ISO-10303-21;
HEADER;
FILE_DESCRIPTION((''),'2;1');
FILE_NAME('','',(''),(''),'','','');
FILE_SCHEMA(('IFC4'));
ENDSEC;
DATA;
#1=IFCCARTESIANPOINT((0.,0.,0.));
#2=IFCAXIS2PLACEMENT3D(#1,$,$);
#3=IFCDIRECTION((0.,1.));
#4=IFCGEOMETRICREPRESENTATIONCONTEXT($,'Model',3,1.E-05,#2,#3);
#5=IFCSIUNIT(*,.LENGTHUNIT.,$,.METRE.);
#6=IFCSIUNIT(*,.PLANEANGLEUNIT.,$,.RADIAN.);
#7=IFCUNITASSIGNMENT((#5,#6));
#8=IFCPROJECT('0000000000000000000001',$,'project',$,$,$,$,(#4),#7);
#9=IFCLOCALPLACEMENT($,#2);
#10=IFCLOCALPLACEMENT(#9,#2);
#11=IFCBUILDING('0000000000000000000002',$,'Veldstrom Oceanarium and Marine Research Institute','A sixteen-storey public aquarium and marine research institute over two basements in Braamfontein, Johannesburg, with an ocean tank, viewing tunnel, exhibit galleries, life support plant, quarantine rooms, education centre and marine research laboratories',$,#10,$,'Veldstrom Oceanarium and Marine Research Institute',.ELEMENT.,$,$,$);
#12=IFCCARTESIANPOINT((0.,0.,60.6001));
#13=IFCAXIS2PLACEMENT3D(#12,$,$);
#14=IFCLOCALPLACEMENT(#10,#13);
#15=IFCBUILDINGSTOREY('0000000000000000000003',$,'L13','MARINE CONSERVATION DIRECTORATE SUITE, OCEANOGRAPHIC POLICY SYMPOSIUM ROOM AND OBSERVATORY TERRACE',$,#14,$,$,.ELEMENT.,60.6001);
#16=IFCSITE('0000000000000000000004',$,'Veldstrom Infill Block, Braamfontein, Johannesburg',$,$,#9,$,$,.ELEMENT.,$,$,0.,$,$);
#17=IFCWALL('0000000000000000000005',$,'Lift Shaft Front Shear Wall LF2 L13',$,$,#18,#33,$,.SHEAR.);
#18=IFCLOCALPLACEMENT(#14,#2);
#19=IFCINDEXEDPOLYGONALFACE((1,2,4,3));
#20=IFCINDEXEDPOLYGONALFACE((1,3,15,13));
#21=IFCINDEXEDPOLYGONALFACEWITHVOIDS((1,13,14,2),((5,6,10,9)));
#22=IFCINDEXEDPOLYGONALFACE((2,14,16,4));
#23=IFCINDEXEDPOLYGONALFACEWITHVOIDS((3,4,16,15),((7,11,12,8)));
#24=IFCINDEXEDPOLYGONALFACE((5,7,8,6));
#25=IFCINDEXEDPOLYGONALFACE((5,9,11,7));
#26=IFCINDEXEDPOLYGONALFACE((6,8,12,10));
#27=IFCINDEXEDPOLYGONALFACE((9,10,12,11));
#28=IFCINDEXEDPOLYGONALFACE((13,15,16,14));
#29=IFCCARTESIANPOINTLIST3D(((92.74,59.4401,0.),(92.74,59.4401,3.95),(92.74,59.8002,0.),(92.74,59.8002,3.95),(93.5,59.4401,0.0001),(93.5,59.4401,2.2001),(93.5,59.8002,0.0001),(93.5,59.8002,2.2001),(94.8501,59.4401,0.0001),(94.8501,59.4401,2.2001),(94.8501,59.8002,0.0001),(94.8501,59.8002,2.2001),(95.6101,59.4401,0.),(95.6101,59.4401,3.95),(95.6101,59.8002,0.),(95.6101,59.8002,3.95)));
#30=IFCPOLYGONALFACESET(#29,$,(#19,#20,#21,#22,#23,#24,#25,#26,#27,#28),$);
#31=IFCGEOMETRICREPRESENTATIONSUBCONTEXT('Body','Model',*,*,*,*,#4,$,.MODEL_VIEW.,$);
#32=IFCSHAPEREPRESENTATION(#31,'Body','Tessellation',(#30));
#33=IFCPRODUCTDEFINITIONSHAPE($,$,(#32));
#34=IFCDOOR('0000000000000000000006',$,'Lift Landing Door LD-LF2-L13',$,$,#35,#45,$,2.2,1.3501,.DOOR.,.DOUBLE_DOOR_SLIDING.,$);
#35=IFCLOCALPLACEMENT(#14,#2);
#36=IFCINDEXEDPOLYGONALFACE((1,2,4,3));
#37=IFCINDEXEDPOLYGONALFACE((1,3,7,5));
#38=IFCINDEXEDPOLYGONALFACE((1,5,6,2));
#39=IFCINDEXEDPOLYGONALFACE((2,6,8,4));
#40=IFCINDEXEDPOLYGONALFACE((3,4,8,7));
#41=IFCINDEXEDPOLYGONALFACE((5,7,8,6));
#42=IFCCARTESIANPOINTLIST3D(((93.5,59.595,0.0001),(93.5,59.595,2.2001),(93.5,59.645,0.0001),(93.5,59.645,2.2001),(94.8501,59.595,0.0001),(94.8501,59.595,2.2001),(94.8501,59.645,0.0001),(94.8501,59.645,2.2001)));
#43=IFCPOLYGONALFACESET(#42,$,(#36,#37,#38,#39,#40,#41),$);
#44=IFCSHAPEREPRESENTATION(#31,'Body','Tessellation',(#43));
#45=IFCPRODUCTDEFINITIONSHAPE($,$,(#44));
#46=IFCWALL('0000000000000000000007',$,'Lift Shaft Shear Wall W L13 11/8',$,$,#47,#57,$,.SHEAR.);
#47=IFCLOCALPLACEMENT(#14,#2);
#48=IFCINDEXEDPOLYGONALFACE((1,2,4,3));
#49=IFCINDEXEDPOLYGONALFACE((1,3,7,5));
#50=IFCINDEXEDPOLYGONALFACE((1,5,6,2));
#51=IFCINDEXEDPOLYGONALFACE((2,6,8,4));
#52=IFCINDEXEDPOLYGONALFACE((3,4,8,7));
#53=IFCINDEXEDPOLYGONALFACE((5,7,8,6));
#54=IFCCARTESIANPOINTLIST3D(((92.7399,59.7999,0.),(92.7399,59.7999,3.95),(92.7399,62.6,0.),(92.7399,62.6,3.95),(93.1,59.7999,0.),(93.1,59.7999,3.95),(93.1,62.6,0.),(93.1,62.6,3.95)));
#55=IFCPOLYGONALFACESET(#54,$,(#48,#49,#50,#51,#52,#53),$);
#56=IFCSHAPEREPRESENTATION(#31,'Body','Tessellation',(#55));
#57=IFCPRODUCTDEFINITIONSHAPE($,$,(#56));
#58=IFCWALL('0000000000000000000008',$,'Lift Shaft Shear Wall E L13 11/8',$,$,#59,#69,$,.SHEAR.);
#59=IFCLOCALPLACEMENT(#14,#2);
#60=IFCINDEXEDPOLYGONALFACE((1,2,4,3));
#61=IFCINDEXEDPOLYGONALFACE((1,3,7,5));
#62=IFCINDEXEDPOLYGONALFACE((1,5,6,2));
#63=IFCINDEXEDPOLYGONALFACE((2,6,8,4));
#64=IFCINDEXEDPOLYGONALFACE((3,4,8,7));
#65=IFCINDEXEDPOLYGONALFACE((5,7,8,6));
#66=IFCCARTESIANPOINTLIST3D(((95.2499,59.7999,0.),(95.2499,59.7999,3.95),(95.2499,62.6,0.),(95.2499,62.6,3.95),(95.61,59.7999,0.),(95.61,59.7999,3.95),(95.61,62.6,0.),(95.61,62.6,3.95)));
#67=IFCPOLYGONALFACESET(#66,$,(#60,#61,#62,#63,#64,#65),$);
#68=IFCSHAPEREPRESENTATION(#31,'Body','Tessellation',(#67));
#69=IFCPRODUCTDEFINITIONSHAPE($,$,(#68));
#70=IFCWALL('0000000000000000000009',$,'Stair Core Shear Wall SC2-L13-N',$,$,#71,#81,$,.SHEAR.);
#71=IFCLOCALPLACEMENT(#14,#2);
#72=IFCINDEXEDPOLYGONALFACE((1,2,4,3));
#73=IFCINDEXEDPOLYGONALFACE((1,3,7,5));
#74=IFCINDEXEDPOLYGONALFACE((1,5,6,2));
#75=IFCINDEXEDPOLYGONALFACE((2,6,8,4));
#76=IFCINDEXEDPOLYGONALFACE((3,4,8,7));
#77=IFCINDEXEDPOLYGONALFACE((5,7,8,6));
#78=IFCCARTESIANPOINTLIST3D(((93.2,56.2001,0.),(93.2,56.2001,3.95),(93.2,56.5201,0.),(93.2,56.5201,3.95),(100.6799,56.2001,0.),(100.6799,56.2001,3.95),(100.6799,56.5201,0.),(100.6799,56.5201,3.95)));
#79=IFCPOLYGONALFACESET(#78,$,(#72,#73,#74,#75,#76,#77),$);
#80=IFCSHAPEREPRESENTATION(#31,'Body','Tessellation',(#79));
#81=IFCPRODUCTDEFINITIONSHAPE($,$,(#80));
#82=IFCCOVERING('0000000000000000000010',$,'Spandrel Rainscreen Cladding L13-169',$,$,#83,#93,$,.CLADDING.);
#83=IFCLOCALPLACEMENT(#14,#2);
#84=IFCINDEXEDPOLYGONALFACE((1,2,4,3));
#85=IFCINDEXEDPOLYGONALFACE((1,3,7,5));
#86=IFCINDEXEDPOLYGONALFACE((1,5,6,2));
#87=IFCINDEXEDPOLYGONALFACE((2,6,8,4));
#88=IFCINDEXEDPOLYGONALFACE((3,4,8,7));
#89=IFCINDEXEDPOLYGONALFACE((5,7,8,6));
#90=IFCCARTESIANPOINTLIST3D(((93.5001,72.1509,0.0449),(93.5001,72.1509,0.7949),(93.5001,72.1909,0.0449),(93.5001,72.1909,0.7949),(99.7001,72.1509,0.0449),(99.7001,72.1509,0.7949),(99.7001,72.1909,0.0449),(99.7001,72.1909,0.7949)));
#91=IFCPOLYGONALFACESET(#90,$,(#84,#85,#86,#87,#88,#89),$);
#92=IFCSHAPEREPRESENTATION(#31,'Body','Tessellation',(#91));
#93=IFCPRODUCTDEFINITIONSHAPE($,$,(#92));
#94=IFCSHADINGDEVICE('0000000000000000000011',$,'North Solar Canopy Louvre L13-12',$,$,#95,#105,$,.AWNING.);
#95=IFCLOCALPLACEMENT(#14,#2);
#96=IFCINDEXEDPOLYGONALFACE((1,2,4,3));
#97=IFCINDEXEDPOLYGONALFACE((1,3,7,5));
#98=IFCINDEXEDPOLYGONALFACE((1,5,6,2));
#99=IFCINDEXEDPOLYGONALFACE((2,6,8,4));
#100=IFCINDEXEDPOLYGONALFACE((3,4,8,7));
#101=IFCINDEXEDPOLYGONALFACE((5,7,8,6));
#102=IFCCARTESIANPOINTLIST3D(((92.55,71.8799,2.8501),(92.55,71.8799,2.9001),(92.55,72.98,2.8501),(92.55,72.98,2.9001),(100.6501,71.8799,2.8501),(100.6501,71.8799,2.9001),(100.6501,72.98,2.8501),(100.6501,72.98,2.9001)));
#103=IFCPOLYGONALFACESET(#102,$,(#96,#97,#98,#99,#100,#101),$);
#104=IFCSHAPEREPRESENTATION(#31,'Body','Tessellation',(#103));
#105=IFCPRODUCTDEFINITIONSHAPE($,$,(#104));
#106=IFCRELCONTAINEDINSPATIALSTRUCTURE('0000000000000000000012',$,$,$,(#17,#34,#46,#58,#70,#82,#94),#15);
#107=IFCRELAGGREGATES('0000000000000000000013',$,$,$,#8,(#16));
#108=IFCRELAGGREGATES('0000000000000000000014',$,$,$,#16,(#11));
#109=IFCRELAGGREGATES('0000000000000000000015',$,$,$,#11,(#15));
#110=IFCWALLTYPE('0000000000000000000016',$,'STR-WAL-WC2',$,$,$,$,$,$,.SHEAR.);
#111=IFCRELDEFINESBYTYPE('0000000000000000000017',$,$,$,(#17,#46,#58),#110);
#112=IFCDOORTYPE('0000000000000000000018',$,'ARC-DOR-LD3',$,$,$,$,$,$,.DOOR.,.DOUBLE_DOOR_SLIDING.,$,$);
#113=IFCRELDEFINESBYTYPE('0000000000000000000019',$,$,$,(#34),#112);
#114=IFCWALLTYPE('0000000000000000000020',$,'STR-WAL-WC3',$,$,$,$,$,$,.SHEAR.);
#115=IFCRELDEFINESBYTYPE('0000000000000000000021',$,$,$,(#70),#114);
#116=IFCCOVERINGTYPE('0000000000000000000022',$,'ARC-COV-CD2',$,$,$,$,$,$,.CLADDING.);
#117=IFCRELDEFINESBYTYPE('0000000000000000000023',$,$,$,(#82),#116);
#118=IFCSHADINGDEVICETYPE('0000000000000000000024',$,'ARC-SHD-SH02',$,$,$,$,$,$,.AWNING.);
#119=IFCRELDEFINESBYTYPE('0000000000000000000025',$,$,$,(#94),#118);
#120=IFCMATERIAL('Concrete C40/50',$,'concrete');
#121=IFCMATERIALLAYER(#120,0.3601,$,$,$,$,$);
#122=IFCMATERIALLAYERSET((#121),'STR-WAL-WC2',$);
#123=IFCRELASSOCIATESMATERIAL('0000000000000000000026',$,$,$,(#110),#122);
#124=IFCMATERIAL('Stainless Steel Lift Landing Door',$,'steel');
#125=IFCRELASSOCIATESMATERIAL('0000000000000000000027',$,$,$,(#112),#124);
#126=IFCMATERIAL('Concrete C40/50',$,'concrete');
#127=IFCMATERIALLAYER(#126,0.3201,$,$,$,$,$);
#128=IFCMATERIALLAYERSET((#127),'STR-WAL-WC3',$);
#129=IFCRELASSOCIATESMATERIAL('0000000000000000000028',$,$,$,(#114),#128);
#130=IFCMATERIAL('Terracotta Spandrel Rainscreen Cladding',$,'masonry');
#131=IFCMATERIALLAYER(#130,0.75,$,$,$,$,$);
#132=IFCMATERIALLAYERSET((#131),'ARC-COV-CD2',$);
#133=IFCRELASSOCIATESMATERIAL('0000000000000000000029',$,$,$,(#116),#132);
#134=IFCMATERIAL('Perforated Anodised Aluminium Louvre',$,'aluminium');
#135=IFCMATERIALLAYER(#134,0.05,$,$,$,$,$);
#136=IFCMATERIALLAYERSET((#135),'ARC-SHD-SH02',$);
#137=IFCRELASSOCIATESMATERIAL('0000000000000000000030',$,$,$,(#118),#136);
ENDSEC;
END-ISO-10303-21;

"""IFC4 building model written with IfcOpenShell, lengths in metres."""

from ifc_helpers import new_model, si_unit, direction, frame, frame_2d, origin, origin_2d, place, context, subcontext, project, spatial, rectangle, extrude, material, layer, layer_set, type_object, element, fill, save


model = new_model("IFC4")

# Units and contexts
model_context = context("Model", 3, precision=1e-05, world=origin(), true_north=direction((0.0, 1.0)))
body_context = subcontext(model_context, "Body", "Model", "MODEL_VIEW")
ifc_project = project(units=[si_unit("LENGTHUNIT", "METRE"), si_unit("PLANEANGLEUNIT", "RADIAN")], contexts=[model_context])

# Site, building, storey
site_placement = place(None, origin())
site = spatial("IfcSite", under=ifc_project, at=site_placement, Name="Veldstrom Infill Block, Braamfontein, Johannesburg", CompositionType="ELEMENT", RefElevation=0.0)
building_placement = place(site_placement, origin())
building = spatial("IfcBuilding", under=site, at=building_placement, Name="Veldstrom Oceanarium and Marine Research Institute", Description="A sixteen-storey public aquarium and marine research institute over two basements in Braamfontein, Johannesburg, with an ocean tank, viewing tunnel, exhibit galleries, life support plant, quarantine rooms, education centre and marine research laboratories", LongName="Veldstrom Oceanarium and Marine Research Institute", CompositionType="ELEMENT")
storey_placement = place(building_placement, frame((0.0, 0.0, 60.6001)))
storey = spatial("IfcBuildingStorey", under=building, at=storey_placement, Name="L13", Description="MARINE CONSERVATION DIRECTORATE SUITE, OCEANOGRAPHIC POLICY SYMPOSIUM ROOM AND OBSERVATORY TERRACE", CompositionType="ELEMENT", Elevation=60.6001)

# Shared definitions
ifc_material_1 = material(Name="Concrete C40/50", Category="concrete")
ifc_layer_1 = layer(ifc_material_1, 0.3601)
ifc_layer_set_1 = layer_set([ifc_layer_1], Name="STR-WAL-WC2")
wall_type_1 = type_object("IfcWallType", Name="STR-WAL-WC2", PredefinedType="SHEAR", material=ifc_layer_set_1)

# Wall, opening, door
wall_1_placement = place(storey_placement, frame((92.74, 59.6201, 0.0), z_axis=(0.0, 0.0, 1.0), x_axis=(1.0, 0.0, 0.0)))
wall_1 = element("IfcWall", 1, at=wall_1_placement, inside=storey, type_object=wall_type_1, Name="Lift Shaft Front Shear Wall LF2 L13", PredefinedType="SHEAR", context=body_context, shape_type="SweptSolid", body=[
    extrude(rectangle(XDim=2.8701, YDim=0.3601, at=frame_2d((1.4351, 0.0))), origin(), (0.0, 0.0, 1.0), 3.95),
])
opening_1_placement = place(wall_1_placement, frame((0.76, 0.0, 0.0)))
opening_1 = element("IfcOpeningElement", 2, at=opening_1_placement, cuts=wall_1, PredefinedType="OPENING", context=body_context, shape_type="SweptSolid", body=[
    extrude(rectangle(XDim=1.3501, YDim=2.2, at=frame_2d((0.675, 1.1001))), frame((0.0, 0.1899, 0.0), z_axis=(0.0, -1.0, 0.0), x_axis=(1.0, 0.0, 0.0)), (0.0, 0.0, 1.0), 0.3801),
])
ifc_material_2 = material(Name="Stainless Steel Lift Landing Door", Category="steel")
door_type_1 = type_object("IfcDoorType", Name="ARC-DOR-LD3", OperationType="DOUBLE_DOOR_SLIDING", PredefinedType="DOOR", material=ifc_material_2)
door_1_placement = place(opening_1_placement, origin())
door_1 = element("IfcDoor", 3, at=door_1_placement, inside=storey, type_object=door_type_1, Name="Lift Landing Door LD-LF2-L13", OperationType="DOUBLE_DOOR_SLIDING", OverallHeight=2.2, OverallWidth=1.3501, PredefinedType="DOOR", context=body_context, shape_type="SweptSolid", body=[
    extrude(rectangle(XDim=1.3501, YDim=2.2, at=frame_2d((0.675, 1.1001))), frame((0.0, 0.0249, 0.0), z_axis=(0.0, -1.0, 0.0), x_axis=(1.0, 0.0, 0.0)), (0.0, 0.0, 1.0), 0.05),
])
fill(opening_1, door_1)

# Walls
for number, where, z_axis, x_axis, name in (
    (4, (92.9199, 59.8, 0.0), (0.0, 0.0, 1.0), (0.0, 1.0, 0.0), "Lift Shaft Shear Wall W L13 11/8"),
    (5, (95.4299, 59.8, 0.0), (0.0, 0.0, 1.0), (0.0, 1.0, 0.0), "Lift Shaft Shear Wall E L13 11/8"),
):
    element("IfcWall", number, at=place(storey_placement, frame(where, z_axis=z_axis, x_axis=x_axis)), inside=storey, type_object=wall_type_1, Name=name, PredefinedType="SHEAR", context=body_context, shape_type="SweptSolid", body=[
        extrude(rectangle(XDim=2.8, YDim=0.3601, at=frame_2d((1.3999, 0.0))), origin(), (0.0, 0.0, 1.0), 3.95),
    ])
ifc_material_3 = material(Name="Concrete C40/50", Category="concrete")
ifc_layer_2 = layer(ifc_material_3, 0.3201)
ifc_layer_set_2 = layer_set([ifc_layer_2], Name="STR-WAL-WC3")
wall_type_2 = type_object("IfcWallType", Name="STR-WAL-WC3", PredefinedType="SHEAR", material=ifc_layer_set_2)
wall_2_placement = place(storey_placement, frame((93.2, 56.3601, 0.0), z_axis=(0.0, 0.0, 1.0), x_axis=(1.0, 0.0, 0.0)))
element("IfcWall", 6, at=wall_2_placement, inside=storey, type_object=wall_type_2, Name="Stair Core Shear Wall SC2-L13-N", PredefinedType="SHEAR", context=body_context, shape_type="SweptSolid", body=[
    extrude(rectangle(XDim=7.48, YDim=0.3201, at=frame_2d((3.74, 0.0))), origin(), (0.0, 0.0, 1.0), 3.95),
])

# Covering
ifc_material_4 = material(Name="Terracotta Spandrel Rainscreen Cladding", Category="masonry")
ifc_layer_3 = layer(ifc_material_4, 0.75)
ifc_layer_set_3 = layer_set([ifc_layer_3], Name="ARC-COV-CD2")
covering_type = type_object("IfcCoveringType", Name="ARC-COV-CD2", PredefinedType="CLADDING", material=ifc_layer_set_3)
covering_placement = place(storey_placement, frame((96.6001, 72.1709, 0.0449), z_axis=(0.0, 0.0, 1.0), x_axis=(1.0, 0.0, 0.0)))
element("IfcCovering", 7, at=covering_placement, inside=storey, type_object=covering_type, Name="Spandrel Rainscreen Cladding L13-169", PredefinedType="CLADDING", context=body_context, shape_type="SweptSolid", body=[
    extrude(rectangle(XDim=6.2, YDim=0.04, at=origin_2d()), origin(), (0.0, 0.0, 1.0), 0.75),
])

# Shading device
ifc_material_5 = material(Name="Perforated Anodised Aluminium Louvre", Category="aluminium")
ifc_layer_4 = layer(ifc_material_5, 0.05)
ifc_layer_set_4 = layer_set([ifc_layer_4], Name="ARC-SHD-SH02")
shading_device_type = type_object("IfcShadingDeviceType", Name="ARC-SHD-SH02", PredefinedType="AWNING", material=ifc_layer_set_4)
shading_device_placement = place(storey_placement, frame((96.6001, 72.4299, 2.8501), z_axis=(0.0, 0.0, 1.0), x_axis=(1.0, 0.0, 0.0)))
element("IfcShadingDevice", 8, at=shading_device_placement, inside=storey, type_object=shading_device_type, Name="North Solar Canopy Louvre L13-12", PredefinedType="AWNING", context=body_context, shape_type="SweptSolid", body=[
    extrude(rectangle(XDim=8.1001, YDim=1.1001, at=origin_2d()), origin(), (0.0, 0.0, 1.0), 0.05),
])

save(model, "model.ifc")
